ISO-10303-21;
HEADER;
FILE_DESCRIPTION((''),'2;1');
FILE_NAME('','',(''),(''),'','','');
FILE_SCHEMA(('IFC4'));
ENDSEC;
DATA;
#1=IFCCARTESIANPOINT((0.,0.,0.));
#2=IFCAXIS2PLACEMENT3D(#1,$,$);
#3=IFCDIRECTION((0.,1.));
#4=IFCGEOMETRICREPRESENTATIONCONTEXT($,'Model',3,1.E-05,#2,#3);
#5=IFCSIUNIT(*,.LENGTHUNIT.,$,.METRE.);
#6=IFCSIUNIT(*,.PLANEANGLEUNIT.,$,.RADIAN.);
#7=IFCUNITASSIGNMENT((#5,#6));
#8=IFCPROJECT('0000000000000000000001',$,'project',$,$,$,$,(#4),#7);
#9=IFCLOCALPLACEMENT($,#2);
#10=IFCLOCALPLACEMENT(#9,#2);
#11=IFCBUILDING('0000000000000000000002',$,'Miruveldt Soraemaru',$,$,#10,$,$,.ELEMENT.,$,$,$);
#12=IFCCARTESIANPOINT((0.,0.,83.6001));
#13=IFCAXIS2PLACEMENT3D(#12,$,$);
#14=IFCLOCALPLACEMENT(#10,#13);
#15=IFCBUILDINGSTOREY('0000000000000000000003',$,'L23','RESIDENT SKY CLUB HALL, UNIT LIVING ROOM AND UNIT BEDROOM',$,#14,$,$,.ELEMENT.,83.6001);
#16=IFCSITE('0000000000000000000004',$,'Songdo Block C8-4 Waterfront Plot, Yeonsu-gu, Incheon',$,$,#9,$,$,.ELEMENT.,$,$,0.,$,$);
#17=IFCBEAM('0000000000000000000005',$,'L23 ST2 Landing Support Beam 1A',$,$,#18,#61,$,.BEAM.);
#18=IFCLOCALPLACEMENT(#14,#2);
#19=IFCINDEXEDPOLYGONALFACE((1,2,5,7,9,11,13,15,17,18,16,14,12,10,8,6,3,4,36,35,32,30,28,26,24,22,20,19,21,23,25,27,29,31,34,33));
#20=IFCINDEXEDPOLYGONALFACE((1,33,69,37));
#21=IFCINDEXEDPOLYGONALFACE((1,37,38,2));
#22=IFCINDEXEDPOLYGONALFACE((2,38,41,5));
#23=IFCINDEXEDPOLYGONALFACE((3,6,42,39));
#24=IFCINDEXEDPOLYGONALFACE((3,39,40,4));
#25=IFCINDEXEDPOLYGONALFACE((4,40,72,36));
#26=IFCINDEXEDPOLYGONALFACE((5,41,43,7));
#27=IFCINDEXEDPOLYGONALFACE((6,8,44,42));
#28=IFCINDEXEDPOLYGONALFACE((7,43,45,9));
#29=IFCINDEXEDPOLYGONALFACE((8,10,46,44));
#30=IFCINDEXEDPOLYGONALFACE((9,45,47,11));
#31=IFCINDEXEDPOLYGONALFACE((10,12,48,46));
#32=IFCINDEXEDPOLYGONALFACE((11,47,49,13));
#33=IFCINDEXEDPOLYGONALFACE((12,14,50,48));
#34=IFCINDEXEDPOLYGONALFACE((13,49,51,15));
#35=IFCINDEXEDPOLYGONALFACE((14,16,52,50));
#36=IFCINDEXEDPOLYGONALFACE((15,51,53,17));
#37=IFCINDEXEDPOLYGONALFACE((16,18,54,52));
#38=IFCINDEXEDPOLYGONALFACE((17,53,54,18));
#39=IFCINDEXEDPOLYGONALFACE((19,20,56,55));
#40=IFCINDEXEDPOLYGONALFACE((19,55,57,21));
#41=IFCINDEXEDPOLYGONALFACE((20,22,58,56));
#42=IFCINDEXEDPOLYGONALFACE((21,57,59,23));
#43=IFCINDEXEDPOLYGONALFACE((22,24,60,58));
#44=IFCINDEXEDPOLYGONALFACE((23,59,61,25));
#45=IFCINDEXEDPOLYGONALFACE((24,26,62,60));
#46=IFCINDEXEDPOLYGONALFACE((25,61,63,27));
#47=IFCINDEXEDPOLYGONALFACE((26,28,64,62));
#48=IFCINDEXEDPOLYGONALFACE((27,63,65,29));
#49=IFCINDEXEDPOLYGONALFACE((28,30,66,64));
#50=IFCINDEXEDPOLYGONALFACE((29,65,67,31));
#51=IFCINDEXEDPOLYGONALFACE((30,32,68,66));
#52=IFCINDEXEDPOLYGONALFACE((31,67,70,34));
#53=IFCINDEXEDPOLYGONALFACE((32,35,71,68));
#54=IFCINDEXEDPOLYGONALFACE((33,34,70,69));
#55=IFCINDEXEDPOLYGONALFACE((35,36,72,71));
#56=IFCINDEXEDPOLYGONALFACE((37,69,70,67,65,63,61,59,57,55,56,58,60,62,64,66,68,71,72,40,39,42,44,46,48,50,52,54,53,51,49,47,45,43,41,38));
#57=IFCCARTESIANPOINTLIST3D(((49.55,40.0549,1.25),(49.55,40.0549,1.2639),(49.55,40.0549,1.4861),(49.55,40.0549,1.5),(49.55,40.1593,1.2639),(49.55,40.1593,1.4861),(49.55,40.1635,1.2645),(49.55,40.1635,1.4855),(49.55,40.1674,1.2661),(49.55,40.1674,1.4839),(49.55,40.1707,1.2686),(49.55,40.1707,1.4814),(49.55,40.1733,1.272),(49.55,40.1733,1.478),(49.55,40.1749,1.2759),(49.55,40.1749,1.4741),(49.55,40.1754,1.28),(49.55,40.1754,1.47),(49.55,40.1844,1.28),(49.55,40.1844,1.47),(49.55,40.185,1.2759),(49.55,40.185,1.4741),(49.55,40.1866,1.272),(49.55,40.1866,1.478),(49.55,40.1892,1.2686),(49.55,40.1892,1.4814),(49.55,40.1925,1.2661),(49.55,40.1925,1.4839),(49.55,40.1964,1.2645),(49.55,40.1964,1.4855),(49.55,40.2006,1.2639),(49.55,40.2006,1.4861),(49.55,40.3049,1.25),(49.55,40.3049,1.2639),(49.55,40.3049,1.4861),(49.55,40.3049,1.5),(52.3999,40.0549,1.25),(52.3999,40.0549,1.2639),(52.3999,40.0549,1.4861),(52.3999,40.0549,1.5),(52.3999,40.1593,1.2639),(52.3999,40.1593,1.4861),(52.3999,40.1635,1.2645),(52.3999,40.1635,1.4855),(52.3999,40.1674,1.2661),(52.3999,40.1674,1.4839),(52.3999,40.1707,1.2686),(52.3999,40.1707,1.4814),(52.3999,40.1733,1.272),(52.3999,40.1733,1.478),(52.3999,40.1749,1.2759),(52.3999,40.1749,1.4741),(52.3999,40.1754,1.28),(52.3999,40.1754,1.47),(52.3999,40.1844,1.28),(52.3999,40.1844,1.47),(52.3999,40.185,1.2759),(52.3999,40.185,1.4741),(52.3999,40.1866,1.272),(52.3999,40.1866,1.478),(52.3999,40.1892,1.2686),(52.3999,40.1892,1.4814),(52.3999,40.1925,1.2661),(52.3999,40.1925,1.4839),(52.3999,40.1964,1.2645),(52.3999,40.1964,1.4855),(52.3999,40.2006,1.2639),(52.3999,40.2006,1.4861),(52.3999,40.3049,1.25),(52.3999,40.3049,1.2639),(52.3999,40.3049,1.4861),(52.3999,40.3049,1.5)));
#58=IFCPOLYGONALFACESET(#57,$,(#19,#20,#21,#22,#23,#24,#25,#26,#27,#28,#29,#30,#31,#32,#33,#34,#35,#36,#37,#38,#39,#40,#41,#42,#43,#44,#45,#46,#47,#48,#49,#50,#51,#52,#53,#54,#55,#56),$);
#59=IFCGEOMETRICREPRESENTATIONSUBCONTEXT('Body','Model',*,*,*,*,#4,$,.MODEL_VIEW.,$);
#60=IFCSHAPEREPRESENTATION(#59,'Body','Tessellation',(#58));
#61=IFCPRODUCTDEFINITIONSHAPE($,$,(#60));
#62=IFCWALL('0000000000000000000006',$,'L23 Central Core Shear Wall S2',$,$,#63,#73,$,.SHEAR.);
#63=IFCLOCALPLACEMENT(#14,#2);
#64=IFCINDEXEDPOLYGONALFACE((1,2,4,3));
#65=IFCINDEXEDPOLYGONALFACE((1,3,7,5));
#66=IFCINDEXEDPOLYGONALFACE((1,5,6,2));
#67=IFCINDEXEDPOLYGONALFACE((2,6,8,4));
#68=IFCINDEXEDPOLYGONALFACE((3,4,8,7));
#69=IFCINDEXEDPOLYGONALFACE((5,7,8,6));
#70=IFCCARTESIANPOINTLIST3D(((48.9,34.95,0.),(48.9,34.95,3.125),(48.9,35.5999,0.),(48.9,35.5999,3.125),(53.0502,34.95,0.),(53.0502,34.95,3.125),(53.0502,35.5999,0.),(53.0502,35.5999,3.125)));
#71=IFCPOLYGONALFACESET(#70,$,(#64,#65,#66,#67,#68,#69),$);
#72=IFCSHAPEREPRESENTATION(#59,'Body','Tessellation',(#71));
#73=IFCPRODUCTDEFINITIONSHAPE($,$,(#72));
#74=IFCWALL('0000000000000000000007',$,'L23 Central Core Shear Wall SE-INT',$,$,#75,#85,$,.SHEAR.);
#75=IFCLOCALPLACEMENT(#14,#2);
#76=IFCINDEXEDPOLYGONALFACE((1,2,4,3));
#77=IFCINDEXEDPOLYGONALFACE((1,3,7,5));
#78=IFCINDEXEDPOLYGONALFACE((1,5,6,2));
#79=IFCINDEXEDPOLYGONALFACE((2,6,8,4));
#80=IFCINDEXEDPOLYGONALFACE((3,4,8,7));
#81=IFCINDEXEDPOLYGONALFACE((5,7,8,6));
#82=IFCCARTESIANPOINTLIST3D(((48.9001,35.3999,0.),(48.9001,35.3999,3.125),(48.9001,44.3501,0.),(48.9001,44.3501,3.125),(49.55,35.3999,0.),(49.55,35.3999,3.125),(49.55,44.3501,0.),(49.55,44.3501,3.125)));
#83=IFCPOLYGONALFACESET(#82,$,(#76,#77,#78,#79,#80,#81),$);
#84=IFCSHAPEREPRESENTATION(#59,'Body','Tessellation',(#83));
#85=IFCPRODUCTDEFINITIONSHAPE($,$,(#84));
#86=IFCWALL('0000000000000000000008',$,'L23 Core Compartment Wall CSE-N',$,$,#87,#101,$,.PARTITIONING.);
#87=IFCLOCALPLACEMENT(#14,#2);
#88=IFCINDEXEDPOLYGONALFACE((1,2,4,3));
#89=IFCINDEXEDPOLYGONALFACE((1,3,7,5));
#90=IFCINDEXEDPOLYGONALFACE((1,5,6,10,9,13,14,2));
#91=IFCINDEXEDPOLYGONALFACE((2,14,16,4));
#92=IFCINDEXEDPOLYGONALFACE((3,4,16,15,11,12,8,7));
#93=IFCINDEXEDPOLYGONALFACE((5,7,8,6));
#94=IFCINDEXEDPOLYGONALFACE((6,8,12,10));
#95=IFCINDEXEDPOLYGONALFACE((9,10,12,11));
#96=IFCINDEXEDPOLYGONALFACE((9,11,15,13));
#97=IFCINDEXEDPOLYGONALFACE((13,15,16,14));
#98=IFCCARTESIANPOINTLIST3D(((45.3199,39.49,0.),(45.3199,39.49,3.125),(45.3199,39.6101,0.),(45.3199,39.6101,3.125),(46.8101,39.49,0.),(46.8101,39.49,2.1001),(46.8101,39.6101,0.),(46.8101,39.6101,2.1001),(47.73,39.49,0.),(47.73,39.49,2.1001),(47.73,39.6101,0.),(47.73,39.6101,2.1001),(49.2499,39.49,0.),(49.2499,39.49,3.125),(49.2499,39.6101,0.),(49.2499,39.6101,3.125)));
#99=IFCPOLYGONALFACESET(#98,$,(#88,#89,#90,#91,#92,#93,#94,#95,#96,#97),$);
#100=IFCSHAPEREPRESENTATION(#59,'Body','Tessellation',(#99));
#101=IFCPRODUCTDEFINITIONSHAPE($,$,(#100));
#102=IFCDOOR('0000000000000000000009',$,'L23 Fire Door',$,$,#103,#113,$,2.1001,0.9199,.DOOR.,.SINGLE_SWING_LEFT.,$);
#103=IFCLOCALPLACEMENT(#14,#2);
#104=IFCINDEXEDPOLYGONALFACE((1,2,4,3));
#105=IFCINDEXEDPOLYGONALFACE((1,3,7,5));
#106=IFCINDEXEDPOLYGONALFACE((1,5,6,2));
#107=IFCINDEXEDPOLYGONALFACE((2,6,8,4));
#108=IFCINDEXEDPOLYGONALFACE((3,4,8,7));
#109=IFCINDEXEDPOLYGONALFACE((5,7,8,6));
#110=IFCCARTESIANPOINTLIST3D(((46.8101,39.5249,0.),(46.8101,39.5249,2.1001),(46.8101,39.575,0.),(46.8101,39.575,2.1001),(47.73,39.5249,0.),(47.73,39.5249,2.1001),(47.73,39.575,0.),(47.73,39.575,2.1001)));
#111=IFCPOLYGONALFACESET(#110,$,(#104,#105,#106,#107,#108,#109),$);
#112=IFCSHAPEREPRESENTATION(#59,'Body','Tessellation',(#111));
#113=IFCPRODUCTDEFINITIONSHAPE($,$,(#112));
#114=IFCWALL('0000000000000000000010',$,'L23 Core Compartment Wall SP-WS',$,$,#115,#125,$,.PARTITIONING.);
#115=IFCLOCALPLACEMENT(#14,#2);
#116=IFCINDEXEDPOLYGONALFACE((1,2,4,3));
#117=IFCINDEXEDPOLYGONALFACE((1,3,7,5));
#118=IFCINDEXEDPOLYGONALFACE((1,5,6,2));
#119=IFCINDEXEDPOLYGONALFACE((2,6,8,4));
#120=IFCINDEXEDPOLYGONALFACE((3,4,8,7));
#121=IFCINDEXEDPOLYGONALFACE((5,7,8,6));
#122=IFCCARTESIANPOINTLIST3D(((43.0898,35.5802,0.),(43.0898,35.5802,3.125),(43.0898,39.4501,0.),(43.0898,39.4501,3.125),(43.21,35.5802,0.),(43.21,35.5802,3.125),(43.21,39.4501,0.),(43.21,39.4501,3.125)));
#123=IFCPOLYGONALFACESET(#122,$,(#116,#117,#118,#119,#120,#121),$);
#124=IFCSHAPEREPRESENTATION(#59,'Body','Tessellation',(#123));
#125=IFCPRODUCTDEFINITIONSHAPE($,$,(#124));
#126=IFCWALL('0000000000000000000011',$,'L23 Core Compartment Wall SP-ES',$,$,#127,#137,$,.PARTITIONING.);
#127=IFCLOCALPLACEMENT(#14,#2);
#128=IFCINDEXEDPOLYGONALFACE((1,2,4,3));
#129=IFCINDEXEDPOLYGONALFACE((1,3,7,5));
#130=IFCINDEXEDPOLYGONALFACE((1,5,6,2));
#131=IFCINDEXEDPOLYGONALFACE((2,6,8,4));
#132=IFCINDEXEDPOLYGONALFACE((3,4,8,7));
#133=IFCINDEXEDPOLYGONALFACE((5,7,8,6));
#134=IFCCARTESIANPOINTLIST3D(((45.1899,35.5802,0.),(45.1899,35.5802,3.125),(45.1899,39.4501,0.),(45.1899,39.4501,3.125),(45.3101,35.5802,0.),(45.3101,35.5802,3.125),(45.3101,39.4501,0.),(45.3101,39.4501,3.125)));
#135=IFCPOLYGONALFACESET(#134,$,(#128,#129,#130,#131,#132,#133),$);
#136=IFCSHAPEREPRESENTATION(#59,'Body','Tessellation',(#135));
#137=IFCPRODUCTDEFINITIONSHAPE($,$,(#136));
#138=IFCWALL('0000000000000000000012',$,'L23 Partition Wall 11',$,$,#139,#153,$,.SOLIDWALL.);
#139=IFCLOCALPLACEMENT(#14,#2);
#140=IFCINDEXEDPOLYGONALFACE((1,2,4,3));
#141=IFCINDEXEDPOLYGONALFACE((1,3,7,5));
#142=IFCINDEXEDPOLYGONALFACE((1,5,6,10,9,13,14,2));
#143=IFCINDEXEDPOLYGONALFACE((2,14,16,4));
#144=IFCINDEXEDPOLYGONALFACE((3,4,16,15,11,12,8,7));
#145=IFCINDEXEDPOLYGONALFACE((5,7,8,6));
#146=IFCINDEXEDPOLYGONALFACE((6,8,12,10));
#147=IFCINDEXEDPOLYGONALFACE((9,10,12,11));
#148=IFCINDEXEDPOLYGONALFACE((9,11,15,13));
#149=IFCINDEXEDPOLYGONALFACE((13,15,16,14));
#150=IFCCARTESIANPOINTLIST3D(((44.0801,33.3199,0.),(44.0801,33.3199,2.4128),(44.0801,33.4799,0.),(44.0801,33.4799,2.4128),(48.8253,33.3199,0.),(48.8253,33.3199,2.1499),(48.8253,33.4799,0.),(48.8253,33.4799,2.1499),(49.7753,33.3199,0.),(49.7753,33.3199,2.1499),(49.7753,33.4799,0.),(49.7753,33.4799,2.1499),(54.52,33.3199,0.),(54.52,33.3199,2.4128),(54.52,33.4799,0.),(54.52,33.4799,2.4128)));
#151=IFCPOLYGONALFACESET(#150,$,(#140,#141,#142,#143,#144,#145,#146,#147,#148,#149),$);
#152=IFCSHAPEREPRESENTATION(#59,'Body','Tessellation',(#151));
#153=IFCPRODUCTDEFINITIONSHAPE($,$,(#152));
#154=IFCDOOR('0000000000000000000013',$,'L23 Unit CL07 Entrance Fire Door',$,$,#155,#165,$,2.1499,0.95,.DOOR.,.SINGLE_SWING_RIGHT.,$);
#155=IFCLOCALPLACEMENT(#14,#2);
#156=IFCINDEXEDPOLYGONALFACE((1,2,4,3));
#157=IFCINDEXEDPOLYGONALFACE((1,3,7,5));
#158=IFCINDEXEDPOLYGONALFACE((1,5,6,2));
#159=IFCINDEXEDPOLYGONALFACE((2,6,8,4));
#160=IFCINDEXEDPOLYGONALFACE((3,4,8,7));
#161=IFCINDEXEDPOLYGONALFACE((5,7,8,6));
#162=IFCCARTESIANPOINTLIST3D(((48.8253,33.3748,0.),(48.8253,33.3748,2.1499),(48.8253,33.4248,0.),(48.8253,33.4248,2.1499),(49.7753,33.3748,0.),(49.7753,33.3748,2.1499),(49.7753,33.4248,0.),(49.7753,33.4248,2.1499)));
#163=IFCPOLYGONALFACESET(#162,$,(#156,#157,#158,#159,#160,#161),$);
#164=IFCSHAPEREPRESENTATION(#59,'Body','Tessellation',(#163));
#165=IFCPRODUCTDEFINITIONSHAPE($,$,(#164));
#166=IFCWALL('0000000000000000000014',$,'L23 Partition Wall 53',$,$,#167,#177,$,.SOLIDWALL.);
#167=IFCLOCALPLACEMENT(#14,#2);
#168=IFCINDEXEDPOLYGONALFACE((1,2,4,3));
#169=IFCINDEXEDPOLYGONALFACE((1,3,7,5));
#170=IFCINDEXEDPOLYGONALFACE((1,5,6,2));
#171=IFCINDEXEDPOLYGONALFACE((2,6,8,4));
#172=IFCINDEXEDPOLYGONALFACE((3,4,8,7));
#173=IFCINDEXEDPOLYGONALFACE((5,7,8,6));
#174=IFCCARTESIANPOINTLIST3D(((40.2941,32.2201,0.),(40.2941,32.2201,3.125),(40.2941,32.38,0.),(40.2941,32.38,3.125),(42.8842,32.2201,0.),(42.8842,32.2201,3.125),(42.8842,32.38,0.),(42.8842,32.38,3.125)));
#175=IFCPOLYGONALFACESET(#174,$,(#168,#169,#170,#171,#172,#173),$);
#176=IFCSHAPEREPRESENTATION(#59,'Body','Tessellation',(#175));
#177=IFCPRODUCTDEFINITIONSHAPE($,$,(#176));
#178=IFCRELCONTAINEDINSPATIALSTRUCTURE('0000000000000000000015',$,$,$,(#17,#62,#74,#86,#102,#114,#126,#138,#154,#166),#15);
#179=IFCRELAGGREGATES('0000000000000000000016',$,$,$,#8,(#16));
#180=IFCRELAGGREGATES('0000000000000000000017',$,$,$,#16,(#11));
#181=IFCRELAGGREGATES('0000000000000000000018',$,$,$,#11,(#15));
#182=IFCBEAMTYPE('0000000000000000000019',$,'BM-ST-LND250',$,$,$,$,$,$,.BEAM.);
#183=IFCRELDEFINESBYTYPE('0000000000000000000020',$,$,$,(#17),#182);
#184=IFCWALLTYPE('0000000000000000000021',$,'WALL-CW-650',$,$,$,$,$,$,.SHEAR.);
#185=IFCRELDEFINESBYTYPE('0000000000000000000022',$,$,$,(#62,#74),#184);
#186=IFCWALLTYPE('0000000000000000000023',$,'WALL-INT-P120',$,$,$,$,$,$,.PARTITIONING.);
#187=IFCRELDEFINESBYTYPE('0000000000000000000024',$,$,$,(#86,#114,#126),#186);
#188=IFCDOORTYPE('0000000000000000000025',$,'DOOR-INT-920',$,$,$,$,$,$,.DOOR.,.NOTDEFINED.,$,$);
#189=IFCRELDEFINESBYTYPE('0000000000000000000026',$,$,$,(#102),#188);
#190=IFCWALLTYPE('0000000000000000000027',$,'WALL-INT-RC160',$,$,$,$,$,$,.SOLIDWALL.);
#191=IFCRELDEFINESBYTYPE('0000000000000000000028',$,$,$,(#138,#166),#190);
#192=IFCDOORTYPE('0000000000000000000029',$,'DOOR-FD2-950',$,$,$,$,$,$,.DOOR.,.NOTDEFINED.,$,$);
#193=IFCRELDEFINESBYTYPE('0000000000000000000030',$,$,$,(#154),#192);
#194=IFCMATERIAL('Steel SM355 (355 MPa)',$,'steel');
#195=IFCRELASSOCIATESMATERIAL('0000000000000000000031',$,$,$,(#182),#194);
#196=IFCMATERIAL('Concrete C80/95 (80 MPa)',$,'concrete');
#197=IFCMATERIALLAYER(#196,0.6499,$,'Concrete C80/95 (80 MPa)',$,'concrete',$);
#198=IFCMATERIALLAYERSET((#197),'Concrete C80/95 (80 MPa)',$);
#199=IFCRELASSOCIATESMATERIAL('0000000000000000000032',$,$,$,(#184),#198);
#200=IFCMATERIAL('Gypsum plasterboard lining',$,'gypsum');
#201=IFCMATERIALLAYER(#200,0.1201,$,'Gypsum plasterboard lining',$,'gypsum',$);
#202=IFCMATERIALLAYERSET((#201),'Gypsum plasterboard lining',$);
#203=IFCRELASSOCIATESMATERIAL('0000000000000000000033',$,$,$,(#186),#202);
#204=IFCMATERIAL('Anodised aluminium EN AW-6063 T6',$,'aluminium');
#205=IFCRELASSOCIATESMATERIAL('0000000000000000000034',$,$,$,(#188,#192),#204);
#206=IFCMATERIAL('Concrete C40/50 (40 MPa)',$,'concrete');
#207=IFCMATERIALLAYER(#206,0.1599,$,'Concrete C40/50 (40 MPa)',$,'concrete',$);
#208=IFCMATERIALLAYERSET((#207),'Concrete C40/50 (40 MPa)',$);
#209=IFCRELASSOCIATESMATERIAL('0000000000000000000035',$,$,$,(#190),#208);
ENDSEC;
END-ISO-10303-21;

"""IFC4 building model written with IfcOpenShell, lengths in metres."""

from ifc_helpers import new_model, si_unit, direction, frame, frame_2d, origin, origin_2d, place, context, subcontext, project, spatial, rectangle, i_section, extrude, material, layer, layer_set, material_profile, profile_set, type_object, element, fill, save


model = new_model("IFC4")

# Units and contexts
model_context = context("Model", 3, precision=1e-05, world=origin(), true_north=direction((0.0, 1.0)))
body_context = subcontext(model_context, "Body", "Model", "MODEL_VIEW")
ifc_project = project(units=[si_unit("LENGTHUNIT", "METRE"), si_unit("PLANEANGLEUNIT", "RADIAN")], contexts=[model_context])

# Site, building, storey
site_placement = place(None, origin())
site = spatial("IfcSite", under=ifc_project, at=site_placement, Name="Songdo Block C8-4 Waterfront Plot, Yeonsu-gu, Incheon", CompositionType="ELEMENT", RefElevation=0.0)
building_placement = place(site_placement, origin())
building = spatial("IfcBuilding", under=site, at=building_placement, Name="Miruveldt Soraemaru", CompositionType="ELEMENT")
storey_placement = place(building_placement, frame((0.0, 0.0, 83.6001)))
storey = spatial("IfcBuildingStorey", under=building, at=storey_placement, Name="L23", Description="RESIDENT SKY CLUB HALL, UNIT LIVING ROOM AND UNIT BEDROOM", CompositionType="ELEMENT", Elevation=83.6001)

# Beam
ifc_material_1 = material(Name="Steel SM355 (355 MPa)", Category="steel")
ifc_material_profile_1 = material_profile(ifc_material_1, i_section(OverallWidth=0.25, OverallDepth=0.25, WebThickness=0.009, FlangeThickness=0.0139, FilletRadius=0.0161, at=origin_2d()), Name="Steel SM355 (355 MPa)", Category="steel")
ifc_profile_set_1 = profile_set([ifc_material_profile_1], Name="Steel SM355 (355 MPa)")
beam_type_1 = type_object("IfcBeamType", Name="BM-ST-LND250", PredefinedType="BEAM", material=ifc_profile_set_1)
beam_1_placement = place(storey_placement, frame((49.55, 40.1799, 1.375), z_axis=(1.0, 0.0, 0.0), x_axis=(0.0, 1.0, 0.0)))
element("IfcBeam", 1, at=beam_1_placement, inside=storey, type_object=beam_type_1, Name="L23 ST2 Landing Support Beam 1A", PredefinedType="BEAM", context=body_context, shape_type="SweptSolid", body=[
    extrude(i_section(OverallWidth=0.25, OverallDepth=0.25, WebThickness=0.009, FlangeThickness=0.0139, FilletRadius=0.0161, at=origin_2d()), origin(), (0.0, 0.0, 1.0), 2.8499),
])

# Walls
ifc_material_2 = material(Name="Concrete C80/95 (80 MPa)", Category="concrete")
ifc_layer_1 = layer(ifc_material_2, 0.6499, Name="Concrete C80/95 (80 MPa)", Category="concrete")
ifc_layer_set_1 = layer_set([ifc_layer_1], Name="Concrete C80/95 (80 MPa)")
wall_type_1 = type_object("IfcWallType", Name="WALL-CW-650", PredefinedType="SHEAR", material=ifc_layer_set_1)
wall_1_placement = place(storey_placement, frame((48.8999, 35.2749, 0.0), z_axis=(0.0, 0.0, 1.0), x_axis=(1.0, 0.0, 0.0)))
element("IfcWall", 2, at=wall_1_placement, inside=storey, type_object=wall_type_1, Name="L23 Central Core Shear Wall S2", PredefinedType="SHEAR", context=body_context, shape_type="SweptSolid", body=[
    extrude(rectangle(XDim=4.1501, YDim=0.6499, at=frame_2d((2.0752, 0.0))), origin(), (0.0, 0.0, 1.0), 3.125),
])
wall_2_placement = place(storey_placement, frame((49.2251, 35.3999, 0.0), z_axis=(0.0, 0.0, 1.0), x_axis=(0.0, 1.0, 0.0)))
element("IfcWall", 3, at=wall_2_placement, inside=storey, type_object=wall_type_1, Name="L23 Central Core Shear Wall SE-INT", PredefinedType="SHEAR", context=body_context, shape_type="SweptSolid", body=[
    extrude(rectangle(XDim=8.9502, YDim=0.6499, at=frame_2d((4.4751, 0.0))), origin(), (0.0, 0.0, 1.0), 3.125),
])

# Wall, opening, door
ifc_material_3 = material(Name="Gypsum plasterboard lining", Category="gypsum")
ifc_layer_2 = layer(ifc_material_3, 0.1201, Name="Gypsum plasterboard lining", Category="gypsum")
ifc_layer_set_2 = layer_set([ifc_layer_2], Name="Gypsum plasterboard lining")
wall_type_2 = type_object("IfcWallType", Name="WALL-INT-P120", PredefinedType="PARTITIONING", material=ifc_layer_set_2)
wall_3_placement = place(storey_placement, frame((45.3201, 39.55, 0.0), z_axis=(0.0, 0.0, 1.0), x_axis=(1.0, 0.0, 0.0)))
wall_3 = element("IfcWall", 4, at=wall_3_placement, inside=storey, type_object=wall_type_2, Name="L23 Core Compartment Wall CSE-N", PredefinedType="PARTITIONING", context=body_context, shape_type="SweptSolid", body=[
    extrude(rectangle(XDim=3.9299, YDim=0.1201, at=frame_2d((1.9648, 0.0))), origin(), (0.0, 0.0, 1.0), 3.125),
])
opening_1_placement = place(wall_3_placement, frame((1.49, 0.0, 0.0)))
opening_1 = element("IfcOpeningElement", 5, at=opening_1_placement, cuts=wall_3, PredefinedType="OPENING", context=body_context, shape_type="SweptSolid", body=[
    extrude(rectangle(XDim=0.9199, YDim=2.1001, at=frame_2d((0.46, 1.05))), frame((0.0, 0.0701, 0.0), z_axis=(0.0, -1.0, 0.0), x_axis=(1.0, 0.0, 0.0)), (0.0, 0.0, 1.0), 0.1401),
])
ifc_material_4 = material(Name="Anodised aluminium EN AW-6063 T6", Category="aluminium")
door_type_1 = type_object("IfcDoorType", Name="DOOR-INT-920", OperationType="NOTDEFINED", PredefinedType="DOOR", material=ifc_material_4)
door_1_placement = place(opening_1_placement, origin())
door_1 = element("IfcDoor", 6, at=door_1_placement, inside=storey, type_object=door_type_1, Name="L23 Fire Door", OperationType="SINGLE_SWING_LEFT", OverallHeight=2.1001, OverallWidth=0.9199, PredefinedType="DOOR", context=body_context, shape_type="SweptSolid", body=[
    extrude(rectangle(XDim=0.9199, YDim=2.1001, at=frame_2d((0.46, 1.05))), frame((0.0, 0.0249, 0.0), z_axis=(0.0, -1.0, 0.0), x_axis=(1.0, 0.0, 0.0)), (0.0, 0.0, 1.0), 0.05),
])
fill(opening_1, door_1)

# Walls
for number, where, z_axis, x_axis, name in (
    (7, (43.1499, 35.5801, 0.0), (0.0, 0.0, 1.0), (0.0, 1.0, 0.0), "L23 Core Compartment Wall SP-WS"),
    (8, (45.25, 35.5801, 0.0), (0.0, 0.0, 1.0), (0.0, 1.0, 0.0), "L23 Core Compartment Wall SP-ES"),
):
    element("IfcWall", number, at=place(storey_placement, frame(where, z_axis=z_axis, x_axis=x_axis)), inside=storey, type_object=wall_type_2, Name=name, PredefinedType="PARTITIONING", context=body_context, shape_type="SweptSolid", body=[
        extrude(rectangle(XDim=3.8699, YDim=0.1201, at=frame_2d((1.9351, 0.0))), origin(), (0.0, 0.0, 1.0), 3.125),
    ])

# Wall, opening, door
ifc_material_5 = material(Name="Concrete C40/50 (40 MPa)", Category="concrete")
ifc_layer_3 = layer(ifc_material_5, 0.1599, Name="Concrete C40/50 (40 MPa)", Category="concrete")
ifc_layer_set_3 = layer_set([ifc_layer_3], Name="Concrete C40/50 (40 MPa)")
wall_type_3 = type_object("IfcWallType", Name="WALL-INT-RC160", PredefinedType="SOLIDWALL", material=ifc_layer_set_3)
wall_4_placement = place(storey_placement, frame((44.0801, 33.3999, 0.0), z_axis=(0.0, 0.0, 1.0), x_axis=(1.0, 0.0, 0.0)))
wall_4 = element("IfcWall", 9, at=wall_4_placement, inside=storey, type_object=wall_type_3, Name="L23 Partition Wall 11", PredefinedType="SOLIDWALL", context=body_context, shape_type="SweptSolid", body=[
    extrude(rectangle(XDim=10.4399, YDim=0.1599, at=frame_2d((5.22, 0.0))), origin(), (0.0, 0.0, 1.0), 2.4128),
])
opening_2_placement = place(wall_4_placement, frame((4.7451, 0.0, 0.0)))
opening_2 = element("IfcOpeningElement", 10, at=opening_2_placement, cuts=wall_4, PredefinedType="OPENING", context=body_context, shape_type="SweptSolid", body=[
    extrude(rectangle(XDim=0.95, YDim=2.1499, at=frame_2d((0.4751, 1.075))), frame((0.0, 0.0898, 0.0), z_axis=(0.0, -1.0, 0.0), x_axis=(1.0, 0.0, 0.0)), (0.0, 0.0, 1.0), 0.1799),
])
door_type_2 = type_object("IfcDoorType", Name="DOOR-FD2-950", OperationType="NOTDEFINED", PredefinedType="DOOR", material=ifc_material_4)
door_2_placement = place(opening_2_placement, origin())
door_2 = element("IfcDoor", 11, at=door_2_placement, inside=storey, type_object=door_type_2, Name="L23 Unit CL07 Entrance Fire Door", OperationType="SINGLE_SWING_RIGHT", OverallHeight=2.1499, OverallWidth=0.95, PredefinedType="DOOR", context=body_context, shape_type="SweptSolid", body=[
    extrude(rectangle(XDim=0.95, YDim=2.1499, at=frame_2d((0.4751, 1.075))), frame((0.0, 0.0249, 0.0), z_axis=(0.0, -1.0, 0.0), x_axis=(1.0, 0.0, 0.0)), (0.0, 0.0, 1.0), 0.05),
])
fill(opening_2, door_2)

# Wall
wall_5_placement = place(storey_placement, frame((42.884, 32.3, 0.0), z_axis=(0.0, 0.0, 1.0), x_axis=(-1.0, 0.0, 0.0)))
element("IfcWall", 12, at=wall_5_placement, inside=storey, type_object=wall_type_3, Name="L23 Partition Wall 53", PredefinedType="SOLIDWALL", context=body_context, shape_type="SweptSolid", body=[
    extrude(rectangle(XDim=2.5901, YDim=0.1599, at=frame_2d((1.2949, 0.0))), origin(), (0.0, 0.0, 1.0), 3.125),
])

save(model, "model.ifc")
